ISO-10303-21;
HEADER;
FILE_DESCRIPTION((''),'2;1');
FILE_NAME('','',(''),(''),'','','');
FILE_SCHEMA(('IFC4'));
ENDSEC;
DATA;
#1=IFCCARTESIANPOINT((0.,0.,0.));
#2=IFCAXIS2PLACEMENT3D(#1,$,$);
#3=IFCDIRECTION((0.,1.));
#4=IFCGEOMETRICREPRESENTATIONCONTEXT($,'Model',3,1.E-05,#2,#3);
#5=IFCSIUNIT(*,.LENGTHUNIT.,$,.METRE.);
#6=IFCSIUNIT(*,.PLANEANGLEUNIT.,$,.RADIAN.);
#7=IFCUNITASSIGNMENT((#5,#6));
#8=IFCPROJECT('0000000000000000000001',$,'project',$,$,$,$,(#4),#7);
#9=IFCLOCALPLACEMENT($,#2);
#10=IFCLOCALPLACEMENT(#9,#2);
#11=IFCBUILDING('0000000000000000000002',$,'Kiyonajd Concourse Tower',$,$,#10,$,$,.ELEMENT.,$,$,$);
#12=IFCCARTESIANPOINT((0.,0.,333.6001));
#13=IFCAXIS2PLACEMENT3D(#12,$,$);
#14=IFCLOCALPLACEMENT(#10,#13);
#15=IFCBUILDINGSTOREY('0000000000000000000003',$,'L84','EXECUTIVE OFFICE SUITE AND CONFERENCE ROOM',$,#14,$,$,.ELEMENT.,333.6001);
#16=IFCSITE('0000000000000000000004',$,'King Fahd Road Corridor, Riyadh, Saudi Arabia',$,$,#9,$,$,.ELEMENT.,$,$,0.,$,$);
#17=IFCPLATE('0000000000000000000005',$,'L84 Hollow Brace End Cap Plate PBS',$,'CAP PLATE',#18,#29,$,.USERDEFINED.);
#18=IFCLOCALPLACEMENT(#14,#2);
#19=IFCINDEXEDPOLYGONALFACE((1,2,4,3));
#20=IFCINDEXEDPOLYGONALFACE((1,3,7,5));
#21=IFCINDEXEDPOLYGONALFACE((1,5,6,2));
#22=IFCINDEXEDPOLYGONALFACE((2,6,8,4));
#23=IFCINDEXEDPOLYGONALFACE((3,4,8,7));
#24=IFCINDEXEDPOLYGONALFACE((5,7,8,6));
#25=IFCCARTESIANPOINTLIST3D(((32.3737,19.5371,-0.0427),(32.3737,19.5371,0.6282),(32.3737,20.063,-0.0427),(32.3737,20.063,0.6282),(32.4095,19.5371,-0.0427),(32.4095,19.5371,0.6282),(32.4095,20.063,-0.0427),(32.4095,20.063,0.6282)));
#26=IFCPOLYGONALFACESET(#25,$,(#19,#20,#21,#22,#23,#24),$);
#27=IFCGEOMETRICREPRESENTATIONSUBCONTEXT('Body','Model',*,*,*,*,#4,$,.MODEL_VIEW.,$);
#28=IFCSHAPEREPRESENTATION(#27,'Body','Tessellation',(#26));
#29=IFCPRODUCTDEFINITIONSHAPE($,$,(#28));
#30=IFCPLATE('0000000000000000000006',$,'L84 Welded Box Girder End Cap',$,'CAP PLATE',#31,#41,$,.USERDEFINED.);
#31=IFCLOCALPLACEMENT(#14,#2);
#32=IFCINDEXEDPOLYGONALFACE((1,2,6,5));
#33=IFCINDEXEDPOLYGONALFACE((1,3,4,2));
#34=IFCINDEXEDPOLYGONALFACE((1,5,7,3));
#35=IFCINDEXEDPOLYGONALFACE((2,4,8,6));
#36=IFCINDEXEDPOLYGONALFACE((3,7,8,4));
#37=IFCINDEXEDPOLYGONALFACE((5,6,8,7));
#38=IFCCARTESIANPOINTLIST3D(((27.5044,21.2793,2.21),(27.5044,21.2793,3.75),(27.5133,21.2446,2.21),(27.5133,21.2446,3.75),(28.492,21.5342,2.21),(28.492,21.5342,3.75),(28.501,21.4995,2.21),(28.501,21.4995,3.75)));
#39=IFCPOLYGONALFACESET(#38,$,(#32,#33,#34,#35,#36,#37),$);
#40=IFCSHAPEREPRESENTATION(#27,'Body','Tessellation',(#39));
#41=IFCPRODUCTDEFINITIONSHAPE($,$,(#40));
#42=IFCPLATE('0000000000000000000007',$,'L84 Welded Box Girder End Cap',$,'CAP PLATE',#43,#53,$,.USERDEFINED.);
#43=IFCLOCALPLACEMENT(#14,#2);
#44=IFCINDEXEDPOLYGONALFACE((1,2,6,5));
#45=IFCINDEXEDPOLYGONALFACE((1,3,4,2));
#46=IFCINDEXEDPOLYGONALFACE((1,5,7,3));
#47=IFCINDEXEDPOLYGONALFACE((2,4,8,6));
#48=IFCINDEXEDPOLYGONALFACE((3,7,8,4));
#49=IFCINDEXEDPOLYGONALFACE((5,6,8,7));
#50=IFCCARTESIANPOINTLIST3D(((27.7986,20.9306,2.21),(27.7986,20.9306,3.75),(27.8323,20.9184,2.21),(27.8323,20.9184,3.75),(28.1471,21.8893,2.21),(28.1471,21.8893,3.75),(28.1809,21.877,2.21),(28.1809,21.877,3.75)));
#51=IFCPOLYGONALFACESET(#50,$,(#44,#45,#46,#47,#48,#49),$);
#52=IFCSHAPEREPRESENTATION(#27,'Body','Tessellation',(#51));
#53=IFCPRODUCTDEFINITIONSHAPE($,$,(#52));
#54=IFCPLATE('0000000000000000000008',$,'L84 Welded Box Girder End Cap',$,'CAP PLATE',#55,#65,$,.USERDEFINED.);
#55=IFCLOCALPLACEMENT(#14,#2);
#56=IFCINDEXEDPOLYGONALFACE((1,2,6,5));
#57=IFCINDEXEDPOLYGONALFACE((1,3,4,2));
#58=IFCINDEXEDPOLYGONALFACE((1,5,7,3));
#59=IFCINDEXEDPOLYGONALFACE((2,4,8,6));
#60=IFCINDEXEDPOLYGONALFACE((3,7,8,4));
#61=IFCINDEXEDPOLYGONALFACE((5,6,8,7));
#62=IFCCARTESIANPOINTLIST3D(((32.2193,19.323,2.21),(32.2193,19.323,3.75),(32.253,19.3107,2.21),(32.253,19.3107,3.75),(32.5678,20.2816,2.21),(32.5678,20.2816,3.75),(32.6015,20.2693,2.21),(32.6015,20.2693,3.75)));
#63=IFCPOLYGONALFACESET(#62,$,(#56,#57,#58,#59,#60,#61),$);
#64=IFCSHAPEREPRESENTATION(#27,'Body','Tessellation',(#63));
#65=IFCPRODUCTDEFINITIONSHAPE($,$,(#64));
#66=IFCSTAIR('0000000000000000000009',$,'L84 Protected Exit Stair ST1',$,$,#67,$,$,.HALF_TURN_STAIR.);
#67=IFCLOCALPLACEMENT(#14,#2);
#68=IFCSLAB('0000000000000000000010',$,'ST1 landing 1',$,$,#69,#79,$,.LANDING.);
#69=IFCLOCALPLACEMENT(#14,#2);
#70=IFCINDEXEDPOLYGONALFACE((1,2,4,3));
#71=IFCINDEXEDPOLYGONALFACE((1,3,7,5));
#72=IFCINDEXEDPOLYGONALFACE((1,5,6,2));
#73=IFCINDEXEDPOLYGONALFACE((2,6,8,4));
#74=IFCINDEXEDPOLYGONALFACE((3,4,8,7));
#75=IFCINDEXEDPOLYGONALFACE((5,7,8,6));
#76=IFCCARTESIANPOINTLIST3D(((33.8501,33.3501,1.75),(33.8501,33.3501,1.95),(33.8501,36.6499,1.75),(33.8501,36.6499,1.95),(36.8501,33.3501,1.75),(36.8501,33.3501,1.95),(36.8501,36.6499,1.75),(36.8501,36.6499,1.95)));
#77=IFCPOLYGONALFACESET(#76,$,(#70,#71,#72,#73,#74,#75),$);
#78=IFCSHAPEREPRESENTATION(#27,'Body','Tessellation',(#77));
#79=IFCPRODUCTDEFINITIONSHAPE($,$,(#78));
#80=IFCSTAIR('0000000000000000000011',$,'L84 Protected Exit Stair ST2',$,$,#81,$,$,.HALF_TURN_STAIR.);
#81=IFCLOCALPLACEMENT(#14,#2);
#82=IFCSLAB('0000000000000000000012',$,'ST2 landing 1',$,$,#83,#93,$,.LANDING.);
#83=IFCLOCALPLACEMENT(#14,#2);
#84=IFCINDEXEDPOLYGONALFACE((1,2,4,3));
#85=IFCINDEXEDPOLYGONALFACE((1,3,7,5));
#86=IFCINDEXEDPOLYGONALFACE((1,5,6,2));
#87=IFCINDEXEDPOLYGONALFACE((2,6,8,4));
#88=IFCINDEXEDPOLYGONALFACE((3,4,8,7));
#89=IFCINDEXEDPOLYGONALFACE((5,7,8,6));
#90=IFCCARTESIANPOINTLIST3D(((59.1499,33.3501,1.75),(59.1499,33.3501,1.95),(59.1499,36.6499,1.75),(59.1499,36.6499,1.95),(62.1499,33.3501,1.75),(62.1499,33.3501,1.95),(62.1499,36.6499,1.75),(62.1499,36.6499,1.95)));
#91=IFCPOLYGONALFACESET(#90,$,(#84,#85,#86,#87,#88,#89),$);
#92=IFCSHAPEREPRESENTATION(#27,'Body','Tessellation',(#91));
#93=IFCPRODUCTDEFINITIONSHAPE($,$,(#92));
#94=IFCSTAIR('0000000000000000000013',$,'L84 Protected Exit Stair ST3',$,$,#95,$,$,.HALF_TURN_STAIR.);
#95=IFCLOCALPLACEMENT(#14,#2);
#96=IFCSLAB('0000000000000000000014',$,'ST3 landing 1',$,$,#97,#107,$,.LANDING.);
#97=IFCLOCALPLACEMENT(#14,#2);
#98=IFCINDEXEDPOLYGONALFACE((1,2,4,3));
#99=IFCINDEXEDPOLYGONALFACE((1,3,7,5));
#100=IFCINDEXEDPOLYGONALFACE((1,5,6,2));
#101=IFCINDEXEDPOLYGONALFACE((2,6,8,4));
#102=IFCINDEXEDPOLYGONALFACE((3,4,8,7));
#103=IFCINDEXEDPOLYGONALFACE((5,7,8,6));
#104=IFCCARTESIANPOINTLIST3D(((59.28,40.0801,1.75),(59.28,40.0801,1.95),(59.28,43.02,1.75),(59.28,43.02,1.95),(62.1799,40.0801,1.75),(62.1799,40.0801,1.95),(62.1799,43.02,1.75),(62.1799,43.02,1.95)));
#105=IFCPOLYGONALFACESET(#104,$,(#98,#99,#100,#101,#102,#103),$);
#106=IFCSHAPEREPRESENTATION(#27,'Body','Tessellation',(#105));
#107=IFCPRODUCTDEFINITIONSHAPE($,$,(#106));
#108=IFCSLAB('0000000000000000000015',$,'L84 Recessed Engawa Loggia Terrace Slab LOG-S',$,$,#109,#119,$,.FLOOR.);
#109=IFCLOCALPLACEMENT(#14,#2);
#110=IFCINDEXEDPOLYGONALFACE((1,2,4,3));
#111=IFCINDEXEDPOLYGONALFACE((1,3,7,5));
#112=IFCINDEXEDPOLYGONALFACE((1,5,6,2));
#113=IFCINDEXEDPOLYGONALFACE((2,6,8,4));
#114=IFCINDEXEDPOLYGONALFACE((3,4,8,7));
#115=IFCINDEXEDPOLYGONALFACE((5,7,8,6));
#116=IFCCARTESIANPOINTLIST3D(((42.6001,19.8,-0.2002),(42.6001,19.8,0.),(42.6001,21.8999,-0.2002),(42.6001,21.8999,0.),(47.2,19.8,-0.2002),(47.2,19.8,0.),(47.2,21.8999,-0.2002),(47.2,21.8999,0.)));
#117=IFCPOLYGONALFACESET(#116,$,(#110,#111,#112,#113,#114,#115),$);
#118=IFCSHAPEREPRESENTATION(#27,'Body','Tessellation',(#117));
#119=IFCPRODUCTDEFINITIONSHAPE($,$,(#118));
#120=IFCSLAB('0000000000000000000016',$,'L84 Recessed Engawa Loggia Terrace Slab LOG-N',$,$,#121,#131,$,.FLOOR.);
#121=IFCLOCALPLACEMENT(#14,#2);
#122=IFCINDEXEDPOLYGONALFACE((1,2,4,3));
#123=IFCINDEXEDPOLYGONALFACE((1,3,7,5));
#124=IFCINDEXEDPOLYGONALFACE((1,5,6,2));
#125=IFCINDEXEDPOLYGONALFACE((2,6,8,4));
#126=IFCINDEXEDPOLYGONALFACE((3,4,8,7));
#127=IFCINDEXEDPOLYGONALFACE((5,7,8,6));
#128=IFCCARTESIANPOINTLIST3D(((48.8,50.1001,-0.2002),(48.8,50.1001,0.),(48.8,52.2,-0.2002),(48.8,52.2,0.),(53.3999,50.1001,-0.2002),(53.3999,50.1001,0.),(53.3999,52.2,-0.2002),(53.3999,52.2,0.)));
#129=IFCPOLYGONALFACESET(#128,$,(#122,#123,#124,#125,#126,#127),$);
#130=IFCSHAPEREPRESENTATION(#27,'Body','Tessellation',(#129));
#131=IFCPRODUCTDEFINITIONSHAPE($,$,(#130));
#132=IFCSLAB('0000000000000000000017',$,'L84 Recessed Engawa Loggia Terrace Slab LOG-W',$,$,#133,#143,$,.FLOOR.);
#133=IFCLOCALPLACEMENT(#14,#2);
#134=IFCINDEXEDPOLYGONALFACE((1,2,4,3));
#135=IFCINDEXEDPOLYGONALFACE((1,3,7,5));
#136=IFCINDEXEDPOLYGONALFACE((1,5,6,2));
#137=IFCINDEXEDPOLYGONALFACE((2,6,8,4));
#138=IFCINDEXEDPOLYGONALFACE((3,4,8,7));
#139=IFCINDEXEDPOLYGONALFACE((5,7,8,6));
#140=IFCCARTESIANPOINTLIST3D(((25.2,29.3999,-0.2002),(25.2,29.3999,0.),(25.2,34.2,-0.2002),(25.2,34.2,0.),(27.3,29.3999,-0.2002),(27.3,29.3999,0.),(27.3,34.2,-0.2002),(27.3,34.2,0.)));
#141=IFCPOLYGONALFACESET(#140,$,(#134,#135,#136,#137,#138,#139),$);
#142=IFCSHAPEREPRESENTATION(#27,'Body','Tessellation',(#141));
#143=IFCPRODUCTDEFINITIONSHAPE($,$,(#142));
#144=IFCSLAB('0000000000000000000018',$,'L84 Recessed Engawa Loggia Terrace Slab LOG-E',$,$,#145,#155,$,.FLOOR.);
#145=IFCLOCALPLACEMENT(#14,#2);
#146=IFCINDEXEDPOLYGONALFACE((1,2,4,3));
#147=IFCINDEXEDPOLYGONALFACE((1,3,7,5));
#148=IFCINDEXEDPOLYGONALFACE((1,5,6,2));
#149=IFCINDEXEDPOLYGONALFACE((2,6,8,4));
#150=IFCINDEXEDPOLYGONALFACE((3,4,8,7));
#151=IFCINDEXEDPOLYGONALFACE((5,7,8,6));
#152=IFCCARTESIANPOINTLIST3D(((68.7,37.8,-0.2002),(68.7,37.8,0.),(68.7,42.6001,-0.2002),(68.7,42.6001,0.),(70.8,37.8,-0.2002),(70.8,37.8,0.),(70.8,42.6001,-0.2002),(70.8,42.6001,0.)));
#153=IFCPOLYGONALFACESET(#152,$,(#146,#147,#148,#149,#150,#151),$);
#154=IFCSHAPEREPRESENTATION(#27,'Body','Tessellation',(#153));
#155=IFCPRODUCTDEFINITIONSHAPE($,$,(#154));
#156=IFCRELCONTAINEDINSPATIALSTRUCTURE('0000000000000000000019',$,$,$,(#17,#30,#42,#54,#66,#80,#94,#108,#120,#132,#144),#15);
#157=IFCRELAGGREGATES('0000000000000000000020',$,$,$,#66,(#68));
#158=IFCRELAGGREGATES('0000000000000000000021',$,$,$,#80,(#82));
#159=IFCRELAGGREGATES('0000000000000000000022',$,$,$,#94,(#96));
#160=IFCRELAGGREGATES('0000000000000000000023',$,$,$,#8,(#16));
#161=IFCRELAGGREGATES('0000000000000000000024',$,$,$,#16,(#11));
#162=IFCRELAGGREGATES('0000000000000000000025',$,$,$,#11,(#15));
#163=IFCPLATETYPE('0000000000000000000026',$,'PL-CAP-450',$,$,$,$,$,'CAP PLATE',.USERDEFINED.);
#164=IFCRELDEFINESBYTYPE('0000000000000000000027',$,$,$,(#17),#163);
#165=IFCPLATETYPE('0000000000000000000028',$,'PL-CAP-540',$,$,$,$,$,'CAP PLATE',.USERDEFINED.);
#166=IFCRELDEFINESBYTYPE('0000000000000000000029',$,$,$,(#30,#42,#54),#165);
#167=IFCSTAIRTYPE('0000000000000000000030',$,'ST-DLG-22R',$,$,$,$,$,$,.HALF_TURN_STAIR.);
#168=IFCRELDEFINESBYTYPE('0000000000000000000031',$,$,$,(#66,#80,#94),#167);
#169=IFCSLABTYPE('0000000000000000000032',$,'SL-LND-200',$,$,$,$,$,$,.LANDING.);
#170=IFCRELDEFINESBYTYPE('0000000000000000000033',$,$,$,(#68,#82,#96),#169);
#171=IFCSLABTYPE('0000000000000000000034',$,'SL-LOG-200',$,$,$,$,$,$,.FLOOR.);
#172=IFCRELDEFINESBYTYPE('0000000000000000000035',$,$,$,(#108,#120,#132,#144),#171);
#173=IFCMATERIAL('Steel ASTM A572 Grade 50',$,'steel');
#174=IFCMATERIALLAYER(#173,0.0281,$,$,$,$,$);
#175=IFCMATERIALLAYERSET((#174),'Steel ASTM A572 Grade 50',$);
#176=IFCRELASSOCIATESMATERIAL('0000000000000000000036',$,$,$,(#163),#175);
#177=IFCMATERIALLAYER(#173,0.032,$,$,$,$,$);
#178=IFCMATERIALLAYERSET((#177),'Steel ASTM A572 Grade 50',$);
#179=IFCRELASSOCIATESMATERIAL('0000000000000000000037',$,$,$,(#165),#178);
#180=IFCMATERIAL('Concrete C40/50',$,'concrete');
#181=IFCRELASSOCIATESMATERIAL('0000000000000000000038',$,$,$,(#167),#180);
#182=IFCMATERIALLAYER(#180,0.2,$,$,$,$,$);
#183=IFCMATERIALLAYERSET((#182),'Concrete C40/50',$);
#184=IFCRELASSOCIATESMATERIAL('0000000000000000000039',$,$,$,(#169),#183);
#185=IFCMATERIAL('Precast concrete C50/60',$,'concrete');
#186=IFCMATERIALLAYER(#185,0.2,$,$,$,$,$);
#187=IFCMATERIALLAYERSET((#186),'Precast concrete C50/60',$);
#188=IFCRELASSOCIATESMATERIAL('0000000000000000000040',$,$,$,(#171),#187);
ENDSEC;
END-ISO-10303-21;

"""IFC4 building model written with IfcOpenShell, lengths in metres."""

from ifc_helpers import new_model, si_unit, direction, frame, origin, origin_2d, place, context, subcontext, project, spatial, polyline, rectangle, outline, extrude, material, layer, layer_set, type_object, element, aggregate, save


model = new_model("IFC4")

# Units and contexts
model_context = context("Model", 3, precision=1e-05, world=origin(), true_north=direction((0.0, 1.0)))
body_context = subcontext(model_context, "Body", "Model", "MODEL_VIEW")
ifc_project = project(units=[si_unit("LENGTHUNIT", "METRE"), si_unit("PLANEANGLEUNIT", "RADIAN")], contexts=[model_context])

# Site, building, storey
site_placement = place(None, origin())
site = spatial("IfcSite", under=ifc_project, at=site_placement, Name="King Fahd Road Corridor, Riyadh, Saudi Arabia", CompositionType="ELEMENT", RefElevation=0.0)
building_placement = place(site_placement, origin())
building = spatial("IfcBuilding", under=site, at=building_placement, Name="Kiyonajd Concourse Tower", CompositionType="ELEMENT")
storey_placement = place(building_placement, frame((0.0, 0.0, 333.6001)))
storey = spatial("IfcBuildingStorey", under=building, at=storey_placement, Name="L84", Description="EXECUTIVE OFFICE SUITE AND CONFERENCE ROOM", CompositionType="ELEMENT", Elevation=333.6001)

# Shared definitions
ifc_material_1 = material(Name="Steel ASTM A572 Grade 50", Category="steel")

# Plates
ifc_layer_1 = layer(ifc_material_1, 0.0281)
ifc_layer_set_1 = layer_set([ifc_layer_1], Name="Steel ASTM A572 Grade 50")
plate_type_1 = type_object("IfcPlateType", Name="PL-CAP-450", ElementType="CAP PLATE", PredefinedType="USERDEFINED", material=ifc_layer_set_1)
plate_placement = place(storey_placement, frame((32.3916, 19.8, -0.0427), z_axis=(0.0, 0.0, 1.0), x_axis=(-1.0, 0.0, 0.0)))
element("IfcPlate", 1, at=plate_placement, inside=storey, type_object=plate_type_1, Name="L84 Hollow Brace End Cap Plate PBS", ObjectType="CAP PLATE", PredefinedType="USERDEFINED", context=body_context, shape_type="SweptSolid", body=[
    extrude(rectangle(XDim=0.0359, YDim=0.5259, at=origin_2d()), origin(), (0.0, 0.0, 1.0), 0.6709),
])
ifc_layer_2 = layer(ifc_material_1, 0.032)
ifc_layer_set_2 = layer_set([ifc_layer_2], Name="Steel ASTM A572 Grade 50")
plate_type_2 = type_object("IfcPlateType", Name="PL-CAP-540", ElementType="CAP PLATE", PredefinedType="USERDEFINED", material=ifc_layer_set_2)
for number, where, z_axis, x_axis, name in (
    (2, (28.0027, 21.3894, 2.21), (0.0, 0.0, 1.0), (0.249873, -0.968279, 0.0), "L84 Welded Box Girder End Cap"),
    (3, (27.9897, 21.4038, 2.21), (0.0, 0.0, 1.0), (-0.939812, 0.341692, 0.0), "L84 Welded Box Girder End Cap"),
    (4, (32.4104, 19.7961, 2.21), (0.0, 0.0, 1.0), (0.939812, -0.341692, 0.0), "L84 Welded Box Girder End Cap"),
):
    element("IfcPlate", number, at=place(storey_placement, frame(where, z_axis=z_axis, x_axis=x_axis)), inside=storey, type_object=plate_type_2, Name=name, ObjectType="CAP PLATE", PredefinedType="USERDEFINED", context=body_context, shape_type="SweptSolid", body=[
        extrude(rectangle(XDim=0.0359, YDim=1.02, at=origin_2d()), origin(), (0.0, 0.0, 1.0), 1.54),
    ])

# Stairs, slabs
ifc_material_2 = material(Name="Concrete C40/50", Category="concrete")
stair_type = type_object("IfcStairType", Name="ST-DLG-22R", PredefinedType="HALF_TURN_STAIR", material=ifc_material_2)
stair_1_placement = place(storey_placement, origin())
stair_1 = element("IfcStair", 5, at=stair_1_placement, inside=storey, type_object=stair_type, Name="L84 Protected Exit Stair ST1", PredefinedType="HALF_TURN_STAIR")
ifc_layer_3 = layer(ifc_material_2, 0.2)
ifc_layer_set_3 = layer_set([ifc_layer_3], Name="Concrete C40/50")
slab_type_1 = type_object("IfcSlabType", Name="SL-LND-200", PredefinedType="LANDING", material=ifc_layer_set_3)
slab_1_placement = place(storey_placement, frame((0.0, 0.0, 1.75)))
slab_1 = element("IfcSlab", 6, at=slab_1_placement, type_object=slab_type_1, Name="ST1 landing 1", PredefinedType="LANDING", context=body_context, shape_type="SweptSolid", body=[
    extrude(outline(polyline([(36.8501, 33.3501), (36.8501, 36.6499), (33.8501, 36.6499), (33.8501, 33.3501), (36.8501, 33.3501)])), origin(), (0.0, 0.0, 1.0), 0.2),
])
aggregate(stair_1, [slab_1])
stair_2_placement = place(storey_placement, origin())
stair_2 = element("IfcStair", 7, at=stair_2_placement, inside=storey, type_object=stair_type, Name="L84 Protected Exit Stair ST2", PredefinedType="HALF_TURN_STAIR")
slab_2_placement = place(storey_placement, frame((0.0, 0.0, 1.75)))
slab_2 = element("IfcSlab", 8, at=slab_2_placement, type_object=slab_type_1, Name="ST2 landing 1", PredefinedType="LANDING", context=body_context, shape_type="SweptSolid", body=[
    extrude(outline(polyline([(62.1499, 33.3501), (62.1499, 36.6499), (59.1499, 36.6499), (59.1499, 33.3501), (62.1499, 33.3501)])), origin(), (0.0, 0.0, 1.0), 0.2),
])
aggregate(stair_2, [slab_2])
stair_3_placement = place(storey_placement, origin())
stair_3 = element("IfcStair", 9, at=stair_3_placement, inside=storey, type_object=stair_type, Name="L84 Protected Exit Stair ST3", PredefinedType="HALF_TURN_STAIR")
slab_3_placement = place(storey_placement, frame((0.0, 0.0, 1.75)))
slab_3 = element("IfcSlab", 10, at=slab_3_placement, type_object=slab_type_1, Name="ST3 landing 1", PredefinedType="LANDING", context=body_context, shape_type="SweptSolid", body=[
    extrude(outline(polyline([(59.28, 40.0801), (62.1799, 40.0801), (62.1799, 43.02), (59.28, 43.02), (59.28, 40.0801)])), origin(), (0.0, 0.0, 1.0), 0.2),
])
aggregate(stair_3, [slab_3])

# Slabs
ifc_material_3 = material(Name="Precast concrete C50/60", Category="concrete")
ifc_layer_4 = layer(ifc_material_3, 0.2)
ifc_layer_set_4 = layer_set([ifc_layer_4], Name="Precast concrete C50/60")
slab_type_2 = type_object("IfcSlabType", Name="SL-LOG-200", PredefinedType="FLOOR", material=ifc_layer_set_4)
slab_4_placement = place(storey_placement, frame((0.0, 0.0, -0.2002)))
element("IfcSlab", 11, at=slab_4_placement, inside=storey, type_object=slab_type_2, Name="L84 Recessed Engawa Loggia Terrace Slab LOG-S", PredefinedType="FLOOR", context=body_context, shape_type="SweptSolid", body=[
    extrude(outline(polyline([(42.6001, 19.8), (47.2, 19.8), (47.2, 21.8999), (42.6001, 21.8999), (42.6001, 19.8)])), origin(), (0.0, 0.0, 1.0), 0.2002),
])
slab_5_placement = place(storey_placement, frame((0.0, 0.0, -0.2002)))
element("IfcSlab", 12, at=slab_5_placement, inside=storey, type_object=slab_type_2, Name="L84 Recessed Engawa Loggia Terrace Slab LOG-N", PredefinedType="FLOOR", context=body_context, shape_type="SweptSolid", body=[
    extrude(outline(polyline([(48.8, 50.1001), (53.3999, 50.1001), (53.3999, 52.2), (48.8, 52.2), (48.8, 50.1001)])), origin(), (0.0, 0.0, 1.0), 0.2002),
])
slab_6_placement = place(storey_placement, frame((0.0, 0.0, -0.2002)))
element("IfcSlab", 13, at=slab_6_placement, inside=storey, type_object=slab_type_2, Name="L84 Recessed Engawa Loggia Terrace Slab LOG-W", PredefinedType="FLOOR", context=body_context, shape_type="SweptSolid", body=[
    extrude(outline(polyline([(25.2, 29.3999), (27.3, 29.3999), (27.3, 34.2), (25.2, 34.2), (25.2, 29.3999)])), origin(), (0.0, 0.0, 1.0), 0.2002),
])
slab_7_placement = place(storey_placement, frame((0.0, 0.0, -0.2002)))
element("IfcSlab", 14, at=slab_7_placement, inside=storey, type_object=slab_type_2, Name="L84 Recessed Engawa Loggia Terrace Slab LOG-E", PredefinedType="FLOOR", context=body_context, shape_type="SweptSolid", body=[
    extrude(outline(polyline([(68.7, 37.8), (70.8, 37.8), (70.8, 42.6001), (68.7, 42.6001), (68.7, 37.8)])), origin(), (0.0, 0.0, 1.0), 0.2002),
])

save(model, "model.ifc")
